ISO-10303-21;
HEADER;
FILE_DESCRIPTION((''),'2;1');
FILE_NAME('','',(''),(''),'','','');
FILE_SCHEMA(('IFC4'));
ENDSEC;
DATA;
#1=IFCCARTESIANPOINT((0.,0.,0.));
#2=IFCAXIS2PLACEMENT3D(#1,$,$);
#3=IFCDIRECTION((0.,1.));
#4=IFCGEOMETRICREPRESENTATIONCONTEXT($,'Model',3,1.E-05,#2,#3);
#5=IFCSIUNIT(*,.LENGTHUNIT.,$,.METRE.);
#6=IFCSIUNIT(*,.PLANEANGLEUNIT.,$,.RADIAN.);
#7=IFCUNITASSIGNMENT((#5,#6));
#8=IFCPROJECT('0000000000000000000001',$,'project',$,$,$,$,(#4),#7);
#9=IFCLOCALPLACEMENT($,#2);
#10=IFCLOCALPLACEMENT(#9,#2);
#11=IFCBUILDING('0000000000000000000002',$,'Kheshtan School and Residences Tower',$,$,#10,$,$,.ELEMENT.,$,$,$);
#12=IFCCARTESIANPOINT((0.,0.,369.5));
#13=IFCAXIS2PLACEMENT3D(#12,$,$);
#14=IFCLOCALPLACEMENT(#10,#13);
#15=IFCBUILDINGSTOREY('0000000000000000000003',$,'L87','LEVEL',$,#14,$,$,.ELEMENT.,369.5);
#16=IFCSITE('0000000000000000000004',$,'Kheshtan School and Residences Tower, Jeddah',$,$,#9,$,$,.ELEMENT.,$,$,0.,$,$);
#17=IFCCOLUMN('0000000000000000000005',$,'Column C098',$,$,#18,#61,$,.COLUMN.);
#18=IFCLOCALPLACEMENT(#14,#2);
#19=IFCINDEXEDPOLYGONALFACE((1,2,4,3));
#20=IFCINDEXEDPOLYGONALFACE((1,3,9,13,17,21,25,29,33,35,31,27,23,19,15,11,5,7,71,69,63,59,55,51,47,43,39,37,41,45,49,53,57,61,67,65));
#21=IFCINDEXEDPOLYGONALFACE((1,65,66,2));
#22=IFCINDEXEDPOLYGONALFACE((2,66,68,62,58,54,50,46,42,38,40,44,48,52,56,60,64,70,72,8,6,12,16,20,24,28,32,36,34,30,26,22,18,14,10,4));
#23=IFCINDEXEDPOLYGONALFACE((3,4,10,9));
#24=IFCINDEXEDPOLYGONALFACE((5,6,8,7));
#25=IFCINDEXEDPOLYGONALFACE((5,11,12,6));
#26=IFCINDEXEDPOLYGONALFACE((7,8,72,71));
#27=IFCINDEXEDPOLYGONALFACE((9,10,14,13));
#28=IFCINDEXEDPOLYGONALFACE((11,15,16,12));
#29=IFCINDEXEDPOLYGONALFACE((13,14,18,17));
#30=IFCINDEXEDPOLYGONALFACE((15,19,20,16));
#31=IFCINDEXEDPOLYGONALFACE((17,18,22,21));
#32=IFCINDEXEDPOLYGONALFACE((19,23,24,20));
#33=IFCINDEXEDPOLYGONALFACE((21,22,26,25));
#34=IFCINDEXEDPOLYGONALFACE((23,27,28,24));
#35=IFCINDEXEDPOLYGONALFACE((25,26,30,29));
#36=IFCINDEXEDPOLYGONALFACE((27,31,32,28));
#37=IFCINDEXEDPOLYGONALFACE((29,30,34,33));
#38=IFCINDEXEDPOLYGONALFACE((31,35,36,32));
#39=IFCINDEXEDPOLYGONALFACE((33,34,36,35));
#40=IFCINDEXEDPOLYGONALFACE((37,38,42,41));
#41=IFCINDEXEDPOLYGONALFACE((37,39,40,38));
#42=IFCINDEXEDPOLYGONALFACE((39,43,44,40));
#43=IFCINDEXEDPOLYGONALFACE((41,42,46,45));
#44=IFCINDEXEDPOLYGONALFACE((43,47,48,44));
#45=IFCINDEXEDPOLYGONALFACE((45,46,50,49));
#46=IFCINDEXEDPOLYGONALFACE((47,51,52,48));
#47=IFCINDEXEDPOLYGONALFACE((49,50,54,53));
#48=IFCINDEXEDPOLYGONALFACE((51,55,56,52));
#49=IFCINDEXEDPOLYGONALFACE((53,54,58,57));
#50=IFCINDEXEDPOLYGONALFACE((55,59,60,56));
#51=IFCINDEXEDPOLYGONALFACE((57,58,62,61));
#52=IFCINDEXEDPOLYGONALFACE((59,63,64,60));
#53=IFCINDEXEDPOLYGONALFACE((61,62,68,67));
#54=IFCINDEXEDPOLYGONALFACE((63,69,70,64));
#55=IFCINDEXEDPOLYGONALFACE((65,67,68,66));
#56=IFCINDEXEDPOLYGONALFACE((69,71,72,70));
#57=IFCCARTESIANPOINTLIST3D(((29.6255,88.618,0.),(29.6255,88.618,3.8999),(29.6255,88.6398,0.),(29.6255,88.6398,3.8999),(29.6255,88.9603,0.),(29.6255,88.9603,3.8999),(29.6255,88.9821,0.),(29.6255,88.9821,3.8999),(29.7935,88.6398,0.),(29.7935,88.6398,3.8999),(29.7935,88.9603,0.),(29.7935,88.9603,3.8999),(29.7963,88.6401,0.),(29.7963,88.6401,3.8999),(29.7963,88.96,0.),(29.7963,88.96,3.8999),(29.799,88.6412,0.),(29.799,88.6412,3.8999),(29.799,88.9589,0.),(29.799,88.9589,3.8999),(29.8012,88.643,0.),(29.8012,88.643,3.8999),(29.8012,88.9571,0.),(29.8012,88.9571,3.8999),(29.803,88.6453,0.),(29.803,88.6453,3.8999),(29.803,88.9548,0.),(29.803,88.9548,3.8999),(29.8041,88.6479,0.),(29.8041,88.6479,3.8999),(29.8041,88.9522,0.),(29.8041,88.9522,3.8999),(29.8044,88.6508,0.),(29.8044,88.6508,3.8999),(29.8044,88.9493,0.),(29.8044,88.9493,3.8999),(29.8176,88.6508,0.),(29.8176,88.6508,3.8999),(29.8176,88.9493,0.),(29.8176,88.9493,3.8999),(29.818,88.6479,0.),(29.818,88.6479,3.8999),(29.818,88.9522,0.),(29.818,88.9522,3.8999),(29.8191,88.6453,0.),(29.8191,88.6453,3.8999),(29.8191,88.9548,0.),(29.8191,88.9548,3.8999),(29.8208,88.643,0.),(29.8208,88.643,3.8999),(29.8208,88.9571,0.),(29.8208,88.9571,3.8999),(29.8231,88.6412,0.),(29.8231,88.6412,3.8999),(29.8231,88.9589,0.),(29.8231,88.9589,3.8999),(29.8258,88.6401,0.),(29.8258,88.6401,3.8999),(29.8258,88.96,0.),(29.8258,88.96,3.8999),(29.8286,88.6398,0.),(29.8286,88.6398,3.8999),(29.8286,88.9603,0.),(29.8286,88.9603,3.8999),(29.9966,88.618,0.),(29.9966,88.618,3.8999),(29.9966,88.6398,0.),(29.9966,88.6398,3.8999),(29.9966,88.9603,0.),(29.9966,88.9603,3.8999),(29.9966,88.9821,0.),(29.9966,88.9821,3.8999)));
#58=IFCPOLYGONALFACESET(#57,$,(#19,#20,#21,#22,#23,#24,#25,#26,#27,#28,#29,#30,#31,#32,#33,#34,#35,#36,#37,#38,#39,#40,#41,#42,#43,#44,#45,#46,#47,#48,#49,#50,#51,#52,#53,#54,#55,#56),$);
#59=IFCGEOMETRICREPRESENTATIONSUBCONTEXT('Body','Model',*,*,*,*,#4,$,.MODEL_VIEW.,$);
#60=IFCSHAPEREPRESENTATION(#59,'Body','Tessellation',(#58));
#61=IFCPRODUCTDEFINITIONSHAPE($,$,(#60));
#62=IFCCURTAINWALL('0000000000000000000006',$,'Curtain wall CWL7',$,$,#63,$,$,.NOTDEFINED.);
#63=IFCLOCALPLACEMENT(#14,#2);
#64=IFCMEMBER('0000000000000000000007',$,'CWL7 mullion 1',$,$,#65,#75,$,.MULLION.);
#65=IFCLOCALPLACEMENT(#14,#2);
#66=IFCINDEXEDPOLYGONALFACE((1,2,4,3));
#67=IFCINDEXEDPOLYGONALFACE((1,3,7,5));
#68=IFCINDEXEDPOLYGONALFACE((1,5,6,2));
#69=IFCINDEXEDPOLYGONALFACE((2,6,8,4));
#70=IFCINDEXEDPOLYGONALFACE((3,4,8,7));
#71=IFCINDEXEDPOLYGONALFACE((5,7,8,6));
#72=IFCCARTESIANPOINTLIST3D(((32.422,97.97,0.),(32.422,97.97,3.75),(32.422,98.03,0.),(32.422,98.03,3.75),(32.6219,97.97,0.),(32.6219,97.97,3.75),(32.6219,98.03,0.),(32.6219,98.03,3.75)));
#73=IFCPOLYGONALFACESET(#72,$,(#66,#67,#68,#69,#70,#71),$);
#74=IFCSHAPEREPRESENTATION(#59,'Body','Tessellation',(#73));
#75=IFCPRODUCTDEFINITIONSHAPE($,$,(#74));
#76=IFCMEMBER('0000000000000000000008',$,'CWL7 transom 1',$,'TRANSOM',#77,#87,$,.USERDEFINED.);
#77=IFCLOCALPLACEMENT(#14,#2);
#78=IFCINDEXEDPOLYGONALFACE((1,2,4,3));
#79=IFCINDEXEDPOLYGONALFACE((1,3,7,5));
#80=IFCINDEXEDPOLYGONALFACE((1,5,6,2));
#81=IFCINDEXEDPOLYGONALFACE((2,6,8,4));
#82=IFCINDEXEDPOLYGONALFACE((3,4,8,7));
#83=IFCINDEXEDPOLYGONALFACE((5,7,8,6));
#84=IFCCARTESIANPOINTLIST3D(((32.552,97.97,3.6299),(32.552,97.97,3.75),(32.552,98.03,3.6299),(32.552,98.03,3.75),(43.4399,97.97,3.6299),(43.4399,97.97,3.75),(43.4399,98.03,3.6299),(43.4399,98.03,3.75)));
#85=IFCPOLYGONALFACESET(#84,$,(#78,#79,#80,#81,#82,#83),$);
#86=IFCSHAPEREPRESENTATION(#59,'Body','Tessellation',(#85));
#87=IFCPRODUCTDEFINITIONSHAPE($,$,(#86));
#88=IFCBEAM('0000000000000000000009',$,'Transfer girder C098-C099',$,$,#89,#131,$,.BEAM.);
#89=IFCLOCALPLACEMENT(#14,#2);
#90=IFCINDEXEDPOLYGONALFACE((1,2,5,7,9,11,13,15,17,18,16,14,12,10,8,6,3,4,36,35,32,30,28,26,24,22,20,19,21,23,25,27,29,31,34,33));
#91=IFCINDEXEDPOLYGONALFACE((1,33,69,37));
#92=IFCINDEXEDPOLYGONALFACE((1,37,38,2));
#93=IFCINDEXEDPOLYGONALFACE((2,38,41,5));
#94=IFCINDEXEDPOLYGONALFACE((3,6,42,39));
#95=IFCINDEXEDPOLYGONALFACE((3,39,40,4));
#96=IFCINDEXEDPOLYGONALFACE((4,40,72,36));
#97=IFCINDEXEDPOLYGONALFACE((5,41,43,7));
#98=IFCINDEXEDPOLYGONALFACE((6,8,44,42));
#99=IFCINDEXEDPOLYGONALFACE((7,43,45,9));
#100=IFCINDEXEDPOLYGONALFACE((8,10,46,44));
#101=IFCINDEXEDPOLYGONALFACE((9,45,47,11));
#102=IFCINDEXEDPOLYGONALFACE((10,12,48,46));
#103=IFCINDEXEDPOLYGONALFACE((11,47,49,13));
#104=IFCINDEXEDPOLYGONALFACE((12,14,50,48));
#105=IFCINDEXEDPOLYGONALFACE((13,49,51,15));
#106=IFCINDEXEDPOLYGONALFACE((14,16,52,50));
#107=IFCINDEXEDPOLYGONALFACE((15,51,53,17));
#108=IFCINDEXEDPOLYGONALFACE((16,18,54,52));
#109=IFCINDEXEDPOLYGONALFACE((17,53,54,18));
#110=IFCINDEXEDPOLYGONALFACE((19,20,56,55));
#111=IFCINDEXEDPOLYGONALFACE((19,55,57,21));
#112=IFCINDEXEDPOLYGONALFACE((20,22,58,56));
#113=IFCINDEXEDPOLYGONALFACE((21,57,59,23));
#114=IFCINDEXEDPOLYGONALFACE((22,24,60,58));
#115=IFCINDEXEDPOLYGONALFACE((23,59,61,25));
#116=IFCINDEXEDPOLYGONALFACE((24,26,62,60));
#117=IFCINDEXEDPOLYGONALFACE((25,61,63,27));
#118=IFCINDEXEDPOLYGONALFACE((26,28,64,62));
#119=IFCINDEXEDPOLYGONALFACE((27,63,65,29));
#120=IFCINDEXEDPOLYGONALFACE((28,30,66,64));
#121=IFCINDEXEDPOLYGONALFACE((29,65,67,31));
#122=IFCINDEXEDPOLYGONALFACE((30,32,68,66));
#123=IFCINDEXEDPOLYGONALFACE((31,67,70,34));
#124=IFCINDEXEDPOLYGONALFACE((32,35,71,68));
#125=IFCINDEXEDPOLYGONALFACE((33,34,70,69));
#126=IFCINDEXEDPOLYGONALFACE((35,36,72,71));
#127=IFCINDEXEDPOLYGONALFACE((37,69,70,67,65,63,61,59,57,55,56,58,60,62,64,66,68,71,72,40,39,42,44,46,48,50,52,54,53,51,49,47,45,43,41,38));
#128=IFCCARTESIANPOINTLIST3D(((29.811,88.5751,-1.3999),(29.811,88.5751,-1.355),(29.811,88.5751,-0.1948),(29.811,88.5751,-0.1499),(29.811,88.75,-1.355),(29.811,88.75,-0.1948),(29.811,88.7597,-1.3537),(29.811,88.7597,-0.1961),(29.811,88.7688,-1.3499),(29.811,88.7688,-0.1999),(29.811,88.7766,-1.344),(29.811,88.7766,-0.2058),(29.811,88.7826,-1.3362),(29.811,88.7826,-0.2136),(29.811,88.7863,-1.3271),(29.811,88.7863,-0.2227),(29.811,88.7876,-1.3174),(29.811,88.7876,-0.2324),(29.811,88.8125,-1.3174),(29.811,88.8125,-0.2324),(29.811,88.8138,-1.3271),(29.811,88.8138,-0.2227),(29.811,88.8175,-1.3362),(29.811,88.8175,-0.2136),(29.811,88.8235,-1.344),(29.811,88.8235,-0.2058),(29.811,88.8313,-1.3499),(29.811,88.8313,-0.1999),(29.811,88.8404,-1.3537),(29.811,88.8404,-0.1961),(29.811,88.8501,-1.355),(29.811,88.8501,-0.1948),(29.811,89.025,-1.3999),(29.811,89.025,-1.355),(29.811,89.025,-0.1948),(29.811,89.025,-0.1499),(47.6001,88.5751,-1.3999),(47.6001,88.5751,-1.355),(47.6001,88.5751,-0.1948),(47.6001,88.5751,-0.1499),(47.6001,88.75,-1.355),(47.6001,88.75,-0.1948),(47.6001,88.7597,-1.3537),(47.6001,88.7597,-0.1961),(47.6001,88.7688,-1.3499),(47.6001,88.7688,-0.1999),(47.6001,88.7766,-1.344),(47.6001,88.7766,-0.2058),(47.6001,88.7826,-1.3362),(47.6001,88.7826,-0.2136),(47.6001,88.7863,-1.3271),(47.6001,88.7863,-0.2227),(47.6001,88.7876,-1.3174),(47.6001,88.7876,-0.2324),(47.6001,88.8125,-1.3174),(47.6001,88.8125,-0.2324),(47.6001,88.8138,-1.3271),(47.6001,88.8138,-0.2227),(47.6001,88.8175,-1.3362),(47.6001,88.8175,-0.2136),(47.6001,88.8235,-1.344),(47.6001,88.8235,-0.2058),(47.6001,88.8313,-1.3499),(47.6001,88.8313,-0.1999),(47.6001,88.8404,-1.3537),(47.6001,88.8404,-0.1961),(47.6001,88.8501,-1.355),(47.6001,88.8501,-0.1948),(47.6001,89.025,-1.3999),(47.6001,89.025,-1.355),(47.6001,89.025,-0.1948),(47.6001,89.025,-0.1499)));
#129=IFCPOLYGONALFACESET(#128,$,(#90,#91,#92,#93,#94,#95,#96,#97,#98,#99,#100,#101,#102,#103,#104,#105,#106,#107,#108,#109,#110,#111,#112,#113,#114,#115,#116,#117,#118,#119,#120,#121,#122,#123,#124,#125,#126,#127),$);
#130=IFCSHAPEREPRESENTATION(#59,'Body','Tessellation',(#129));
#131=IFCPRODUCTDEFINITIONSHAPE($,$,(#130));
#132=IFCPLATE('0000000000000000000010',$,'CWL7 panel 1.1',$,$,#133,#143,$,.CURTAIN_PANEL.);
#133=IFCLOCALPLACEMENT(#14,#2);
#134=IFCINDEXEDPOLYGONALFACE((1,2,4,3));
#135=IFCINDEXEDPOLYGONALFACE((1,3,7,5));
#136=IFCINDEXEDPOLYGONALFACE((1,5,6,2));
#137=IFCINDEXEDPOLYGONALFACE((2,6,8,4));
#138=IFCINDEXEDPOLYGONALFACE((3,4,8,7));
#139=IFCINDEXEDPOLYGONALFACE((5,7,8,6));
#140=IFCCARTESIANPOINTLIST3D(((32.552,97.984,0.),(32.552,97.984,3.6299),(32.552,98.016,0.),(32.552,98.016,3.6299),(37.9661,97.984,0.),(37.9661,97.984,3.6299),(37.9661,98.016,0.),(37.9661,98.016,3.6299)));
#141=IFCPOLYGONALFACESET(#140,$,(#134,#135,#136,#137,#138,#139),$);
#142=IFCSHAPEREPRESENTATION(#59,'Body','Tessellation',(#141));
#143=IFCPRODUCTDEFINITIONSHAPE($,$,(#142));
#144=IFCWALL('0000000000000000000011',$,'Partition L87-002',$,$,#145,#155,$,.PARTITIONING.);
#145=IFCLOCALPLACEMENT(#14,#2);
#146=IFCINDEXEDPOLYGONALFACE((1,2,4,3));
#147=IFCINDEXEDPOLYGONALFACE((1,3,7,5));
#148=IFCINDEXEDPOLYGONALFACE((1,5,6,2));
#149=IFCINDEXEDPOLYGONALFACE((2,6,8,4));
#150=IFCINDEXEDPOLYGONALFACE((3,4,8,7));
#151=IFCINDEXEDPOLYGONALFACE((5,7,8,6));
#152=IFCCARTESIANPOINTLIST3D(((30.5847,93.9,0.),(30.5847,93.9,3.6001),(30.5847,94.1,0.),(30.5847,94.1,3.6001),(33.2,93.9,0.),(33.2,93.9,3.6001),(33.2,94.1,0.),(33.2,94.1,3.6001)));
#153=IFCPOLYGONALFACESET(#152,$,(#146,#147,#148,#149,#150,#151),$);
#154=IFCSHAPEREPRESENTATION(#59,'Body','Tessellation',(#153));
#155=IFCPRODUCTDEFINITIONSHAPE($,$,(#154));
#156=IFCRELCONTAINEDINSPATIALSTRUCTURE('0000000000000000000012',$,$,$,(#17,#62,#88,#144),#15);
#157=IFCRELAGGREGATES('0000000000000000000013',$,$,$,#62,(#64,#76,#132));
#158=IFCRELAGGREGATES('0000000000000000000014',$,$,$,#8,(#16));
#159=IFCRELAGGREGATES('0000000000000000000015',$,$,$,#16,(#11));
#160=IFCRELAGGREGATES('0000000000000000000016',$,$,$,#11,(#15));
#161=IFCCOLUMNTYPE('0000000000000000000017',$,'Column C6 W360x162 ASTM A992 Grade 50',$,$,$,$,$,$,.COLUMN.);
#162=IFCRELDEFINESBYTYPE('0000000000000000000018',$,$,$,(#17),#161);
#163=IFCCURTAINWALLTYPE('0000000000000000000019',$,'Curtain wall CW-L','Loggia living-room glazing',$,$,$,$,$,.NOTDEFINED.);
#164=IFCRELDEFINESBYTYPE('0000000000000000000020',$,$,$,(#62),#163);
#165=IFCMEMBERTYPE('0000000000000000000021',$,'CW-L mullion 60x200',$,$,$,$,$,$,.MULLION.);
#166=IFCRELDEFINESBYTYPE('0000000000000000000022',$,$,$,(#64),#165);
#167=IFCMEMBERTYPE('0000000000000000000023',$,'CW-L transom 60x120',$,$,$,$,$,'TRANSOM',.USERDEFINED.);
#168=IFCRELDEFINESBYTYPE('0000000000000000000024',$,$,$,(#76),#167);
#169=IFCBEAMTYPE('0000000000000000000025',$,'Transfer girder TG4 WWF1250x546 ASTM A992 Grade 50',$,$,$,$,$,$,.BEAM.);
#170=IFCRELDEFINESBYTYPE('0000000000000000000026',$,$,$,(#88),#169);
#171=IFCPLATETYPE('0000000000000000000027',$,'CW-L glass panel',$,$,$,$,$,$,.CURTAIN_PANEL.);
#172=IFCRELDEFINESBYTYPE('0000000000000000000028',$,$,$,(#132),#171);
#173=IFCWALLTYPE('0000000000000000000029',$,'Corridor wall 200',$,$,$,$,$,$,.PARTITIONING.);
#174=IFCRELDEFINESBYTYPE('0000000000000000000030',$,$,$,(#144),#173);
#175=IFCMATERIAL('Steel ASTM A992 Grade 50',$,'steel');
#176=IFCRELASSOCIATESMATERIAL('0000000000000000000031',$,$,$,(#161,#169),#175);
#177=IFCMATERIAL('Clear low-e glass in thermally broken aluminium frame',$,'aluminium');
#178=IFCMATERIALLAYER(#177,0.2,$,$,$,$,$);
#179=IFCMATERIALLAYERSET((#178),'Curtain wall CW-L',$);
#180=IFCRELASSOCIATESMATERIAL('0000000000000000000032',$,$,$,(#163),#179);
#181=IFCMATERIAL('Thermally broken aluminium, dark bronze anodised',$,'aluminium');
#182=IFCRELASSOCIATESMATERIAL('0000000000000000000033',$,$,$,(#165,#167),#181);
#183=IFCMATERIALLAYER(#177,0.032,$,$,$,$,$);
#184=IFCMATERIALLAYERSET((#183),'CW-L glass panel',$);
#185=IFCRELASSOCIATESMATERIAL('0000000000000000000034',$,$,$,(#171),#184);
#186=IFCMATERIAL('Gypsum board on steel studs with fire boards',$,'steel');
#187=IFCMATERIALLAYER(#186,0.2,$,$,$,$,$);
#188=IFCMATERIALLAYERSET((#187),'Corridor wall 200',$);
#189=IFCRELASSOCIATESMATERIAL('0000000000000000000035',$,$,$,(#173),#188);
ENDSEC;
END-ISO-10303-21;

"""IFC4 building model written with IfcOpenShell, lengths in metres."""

from ifc_helpers import new_model, si_unit, direction, frame, frame_2d, origin, origin_2d, place, context, subcontext, project, spatial, rectangle, i_section, extrude, material, layer, layer_set, material_profile, profile_set, type_object, element, aggregate, save


model = new_model("IFC4")

# Units and contexts
model_context = context("Model", 3, precision=1e-05, world=origin(), true_north=direction((0.0, 1.0)))
body_context = subcontext(model_context, "Body", "Model", "MODEL_VIEW")
ifc_project = project(units=[si_unit("LENGTHUNIT", "METRE"), si_unit("PLANEANGLEUNIT", "RADIAN")], contexts=[model_context])

# Site, building, storey
site_placement = place(None, origin())
site = spatial("IfcSite", under=ifc_project, at=site_placement, Name="Kheshtan School and Residences Tower, Jeddah", CompositionType="ELEMENT", RefElevation=0.0)
building_placement = place(site_placement, origin())
building = spatial("IfcBuilding", under=site, at=building_placement, Name="Kheshtan School and Residences Tower", CompositionType="ELEMENT")
storey_placement = place(building_placement, frame((0.0, 0.0, 369.5)))
storey = spatial("IfcBuildingStorey", under=building, at=storey_placement, Name="L87", Description="LEVEL", CompositionType="ELEMENT", Elevation=369.5)

# Column
ifc_material_1 = material(Name="Steel ASTM A992 Grade 50", Category="steel")
ifc_material_profile_1 = material_profile(ifc_material_1, i_section(OverallWidth=0.3711, OverallDepth=0.364, WebThickness=0.0132, FlangeThickness=0.0217, FilletRadius=0.011, at=origin_2d()), Name="W360x162")
ifc_profile_set_1 = profile_set([ifc_material_profile_1], Name="Steel ASTM A992 Grade 50")
column_type = type_object("IfcColumnType", Name="Column C6 W360x162 ASTM A992 Grade 50", PredefinedType="COLUMN", material=ifc_profile_set_1)
column_placement = place(storey_placement, frame((29.811, 88.8, 0.0), z_axis=(0.0, 0.0, 1.0), x_axis=(1.0, 0.0, 0.0)))
element("IfcColumn", 1, at=column_placement, inside=storey, type_object=column_type, Name="Column C098", PredefinedType="COLUMN", context=body_context, shape_type="SweptSolid", body=[
    extrude(i_section(OverallWidth=0.3711, OverallDepth=0.364, WebThickness=0.0132, FlangeThickness=0.0217, FilletRadius=0.011, at=origin_2d()), origin(), (0.0, 0.0, 1.0), 3.8999),
])

# Curtain wall, members
ifc_material_2 = material(Name="Clear low-e glass in thermally broken aluminium frame", Category="aluminium")
ifc_layer_1 = layer(ifc_material_2, 0.2)
ifc_layer_set_1 = layer_set([ifc_layer_1], Name="Curtain wall CW-L")
curtain_wall_type = type_object("IfcCurtainWallType", Name="Curtain wall CW-L", Description="Loggia living-room glazing", PredefinedType="NOTDEFINED", material=ifc_layer_set_1)
curtain_wall_placement = place(storey_placement, origin())
curtain_wall = element("IfcCurtainWall", 2, at=curtain_wall_placement, inside=storey, type_object=curtain_wall_type, Name="Curtain wall CWL7", PredefinedType="NOTDEFINED")
ifc_material_3 = material(Name="Thermally broken aluminium, dark bronze anodised", Category="aluminium")
ifc_material_profile_2 = material_profile(ifc_material_3, rectangle(XDim=0.0601, YDim=0.2, at=origin_2d()), Name="CW-L mullion 60x200")
ifc_profile_set_2 = profile_set([ifc_material_profile_2], Name="Thermally broken aluminium, dark bronze anodised")
member_type_1 = type_object("IfcMemberType", Name="CW-L mullion 60x200", PredefinedType="MULLION", material=ifc_profile_set_2)
member_1_placement = place(storey_placement, frame((32.522, 98.0, 0.0), z_axis=(0.0, 0.0, 1.0), x_axis=(0.0, 1.0, 0.0)))
member_1 = element("IfcMember", 3, at=member_1_placement, type_object=member_type_1, Name="CWL7 mullion 1", PredefinedType="MULLION", context=body_context, shape_type="SweptSolid", body=[
    extrude(rectangle(XDim=0.0601, YDim=0.2, at=origin_2d()), origin(), (0.0, 0.0, 1.0), 3.75),
])
ifc_material_profile_3 = material_profile(ifc_material_3, rectangle(XDim=0.0601, YDim=0.1201, at=origin_2d()), Name="CW-L transom 60x120")
ifc_profile_set_3 = profile_set([ifc_material_profile_3], Name="Thermally broken aluminium, dark bronze anodised")
member_type_2 = type_object("IfcMemberType", Name="CW-L transom 60x120", ElementType="TRANSOM", PredefinedType="USERDEFINED", material=ifc_profile_set_3)
member_2_placement = place(storey_placement, frame((32.552, 98.0, 3.6899), z_axis=(1.0, 0.0, 0.0), x_axis=(0.0, 1.0, 0.0)))
member_2 = element("IfcMember", 4, at=member_2_placement, type_object=member_type_2, Name="CWL7 transom 1", ObjectType="TRANSOM", PredefinedType="USERDEFINED", context=body_context, shape_type="SweptSolid", body=[
    extrude(rectangle(XDim=0.0601, YDim=0.1201, at=origin_2d()), origin(), (0.0, 0.0, 1.0), 10.8879),
])

# Beam
ifc_material_profile_4 = material_profile(ifc_material_1, i_section(OverallWidth=0.45, OverallDepth=1.25, WebThickness=0.0249, FlangeThickness=0.0449, FilletRadius=0.0376, at=origin_2d()), Name="WWF1250x546")
ifc_profile_set_4 = profile_set([ifc_material_profile_4], Name="Steel ASTM A992 Grade 50")
beam_type = type_object("IfcBeamType", Name="Transfer girder TG4 WWF1250x546 ASTM A992 Grade 50", PredefinedType="BEAM", material=ifc_profile_set_4)
beam_placement = place(storey_placement, frame((29.811, 88.8, -0.7749), z_axis=(1.0, 0.0, 0.0), x_axis=(0.0, 1.0, 0.0)))
element("IfcBeam", 5, at=beam_placement, inside=storey, type_object=beam_type, Name="Transfer girder C098-C099", PredefinedType="BEAM", context=body_context, shape_type="SweptSolid", body=[
    extrude(i_section(OverallWidth=0.45, OverallDepth=1.25, WebThickness=0.0249, FlangeThickness=0.0449, FilletRadius=0.0376, at=origin_2d()), origin(), (0.0, 0.0, 1.0), 17.7891),
])

# Plate
ifc_layer_2 = layer(ifc_material_2, 0.032)
ifc_layer_set_2 = layer_set([ifc_layer_2], Name="CW-L glass panel")
plate_type = type_object("IfcPlateType", Name="CW-L glass panel", PredefinedType="CURTAIN_PANEL", material=ifc_layer_set_2)
plate_placement = place(storey_placement, frame((35.259, 98.0, 0.0), z_axis=(0.0, 0.0, 1.0), x_axis=(1.0, 0.0, 0.0)))
plate = element("IfcPlate", 6, at=plate_placement, type_object=plate_type, Name="CWL7 panel 1.1", PredefinedType="CURTAIN_PANEL", context=body_context, shape_type="SweptSolid", body=[
    extrude(rectangle(XDim=5.4141, YDim=0.032, at=origin_2d()), origin(), (0.0, 0.0, 1.0), 3.6299),
])
aggregate(curtain_wall, [member_1, member_2, plate])

# Wall
ifc_material_4 = material(Name="Gypsum board on steel studs with fire boards", Category="steel")
ifc_layer_3 = layer(ifc_material_4, 0.2)
ifc_layer_set_3 = layer_set([ifc_layer_3], Name="Corridor wall 200")
wall_type_1 = type_object("IfcWallType", Name="Corridor wall 200", PredefinedType="PARTITIONING", material=ifc_layer_set_3)
wall_1_placement = place(storey_placement, frame((30.5847, 94.0, 0.0), z_axis=(0.0, 0.0, 1.0), x_axis=(1.0, 0.0, 0.0)))
element("IfcWall", 7, at=wall_1_placement, inside=storey, type_object=wall_type_1, Name="Partition L87-002", PredefinedType="PARTITIONING", context=body_context, shape_type="SweptSolid", body=[
    extrude(rectangle(XDim=2.6152, YDim=0.2, at=frame_2d((1.3076, 0.0))), origin(), (0.0, 0.0, 1.0), 3.6001),
])

save(model, "model.ifc")
